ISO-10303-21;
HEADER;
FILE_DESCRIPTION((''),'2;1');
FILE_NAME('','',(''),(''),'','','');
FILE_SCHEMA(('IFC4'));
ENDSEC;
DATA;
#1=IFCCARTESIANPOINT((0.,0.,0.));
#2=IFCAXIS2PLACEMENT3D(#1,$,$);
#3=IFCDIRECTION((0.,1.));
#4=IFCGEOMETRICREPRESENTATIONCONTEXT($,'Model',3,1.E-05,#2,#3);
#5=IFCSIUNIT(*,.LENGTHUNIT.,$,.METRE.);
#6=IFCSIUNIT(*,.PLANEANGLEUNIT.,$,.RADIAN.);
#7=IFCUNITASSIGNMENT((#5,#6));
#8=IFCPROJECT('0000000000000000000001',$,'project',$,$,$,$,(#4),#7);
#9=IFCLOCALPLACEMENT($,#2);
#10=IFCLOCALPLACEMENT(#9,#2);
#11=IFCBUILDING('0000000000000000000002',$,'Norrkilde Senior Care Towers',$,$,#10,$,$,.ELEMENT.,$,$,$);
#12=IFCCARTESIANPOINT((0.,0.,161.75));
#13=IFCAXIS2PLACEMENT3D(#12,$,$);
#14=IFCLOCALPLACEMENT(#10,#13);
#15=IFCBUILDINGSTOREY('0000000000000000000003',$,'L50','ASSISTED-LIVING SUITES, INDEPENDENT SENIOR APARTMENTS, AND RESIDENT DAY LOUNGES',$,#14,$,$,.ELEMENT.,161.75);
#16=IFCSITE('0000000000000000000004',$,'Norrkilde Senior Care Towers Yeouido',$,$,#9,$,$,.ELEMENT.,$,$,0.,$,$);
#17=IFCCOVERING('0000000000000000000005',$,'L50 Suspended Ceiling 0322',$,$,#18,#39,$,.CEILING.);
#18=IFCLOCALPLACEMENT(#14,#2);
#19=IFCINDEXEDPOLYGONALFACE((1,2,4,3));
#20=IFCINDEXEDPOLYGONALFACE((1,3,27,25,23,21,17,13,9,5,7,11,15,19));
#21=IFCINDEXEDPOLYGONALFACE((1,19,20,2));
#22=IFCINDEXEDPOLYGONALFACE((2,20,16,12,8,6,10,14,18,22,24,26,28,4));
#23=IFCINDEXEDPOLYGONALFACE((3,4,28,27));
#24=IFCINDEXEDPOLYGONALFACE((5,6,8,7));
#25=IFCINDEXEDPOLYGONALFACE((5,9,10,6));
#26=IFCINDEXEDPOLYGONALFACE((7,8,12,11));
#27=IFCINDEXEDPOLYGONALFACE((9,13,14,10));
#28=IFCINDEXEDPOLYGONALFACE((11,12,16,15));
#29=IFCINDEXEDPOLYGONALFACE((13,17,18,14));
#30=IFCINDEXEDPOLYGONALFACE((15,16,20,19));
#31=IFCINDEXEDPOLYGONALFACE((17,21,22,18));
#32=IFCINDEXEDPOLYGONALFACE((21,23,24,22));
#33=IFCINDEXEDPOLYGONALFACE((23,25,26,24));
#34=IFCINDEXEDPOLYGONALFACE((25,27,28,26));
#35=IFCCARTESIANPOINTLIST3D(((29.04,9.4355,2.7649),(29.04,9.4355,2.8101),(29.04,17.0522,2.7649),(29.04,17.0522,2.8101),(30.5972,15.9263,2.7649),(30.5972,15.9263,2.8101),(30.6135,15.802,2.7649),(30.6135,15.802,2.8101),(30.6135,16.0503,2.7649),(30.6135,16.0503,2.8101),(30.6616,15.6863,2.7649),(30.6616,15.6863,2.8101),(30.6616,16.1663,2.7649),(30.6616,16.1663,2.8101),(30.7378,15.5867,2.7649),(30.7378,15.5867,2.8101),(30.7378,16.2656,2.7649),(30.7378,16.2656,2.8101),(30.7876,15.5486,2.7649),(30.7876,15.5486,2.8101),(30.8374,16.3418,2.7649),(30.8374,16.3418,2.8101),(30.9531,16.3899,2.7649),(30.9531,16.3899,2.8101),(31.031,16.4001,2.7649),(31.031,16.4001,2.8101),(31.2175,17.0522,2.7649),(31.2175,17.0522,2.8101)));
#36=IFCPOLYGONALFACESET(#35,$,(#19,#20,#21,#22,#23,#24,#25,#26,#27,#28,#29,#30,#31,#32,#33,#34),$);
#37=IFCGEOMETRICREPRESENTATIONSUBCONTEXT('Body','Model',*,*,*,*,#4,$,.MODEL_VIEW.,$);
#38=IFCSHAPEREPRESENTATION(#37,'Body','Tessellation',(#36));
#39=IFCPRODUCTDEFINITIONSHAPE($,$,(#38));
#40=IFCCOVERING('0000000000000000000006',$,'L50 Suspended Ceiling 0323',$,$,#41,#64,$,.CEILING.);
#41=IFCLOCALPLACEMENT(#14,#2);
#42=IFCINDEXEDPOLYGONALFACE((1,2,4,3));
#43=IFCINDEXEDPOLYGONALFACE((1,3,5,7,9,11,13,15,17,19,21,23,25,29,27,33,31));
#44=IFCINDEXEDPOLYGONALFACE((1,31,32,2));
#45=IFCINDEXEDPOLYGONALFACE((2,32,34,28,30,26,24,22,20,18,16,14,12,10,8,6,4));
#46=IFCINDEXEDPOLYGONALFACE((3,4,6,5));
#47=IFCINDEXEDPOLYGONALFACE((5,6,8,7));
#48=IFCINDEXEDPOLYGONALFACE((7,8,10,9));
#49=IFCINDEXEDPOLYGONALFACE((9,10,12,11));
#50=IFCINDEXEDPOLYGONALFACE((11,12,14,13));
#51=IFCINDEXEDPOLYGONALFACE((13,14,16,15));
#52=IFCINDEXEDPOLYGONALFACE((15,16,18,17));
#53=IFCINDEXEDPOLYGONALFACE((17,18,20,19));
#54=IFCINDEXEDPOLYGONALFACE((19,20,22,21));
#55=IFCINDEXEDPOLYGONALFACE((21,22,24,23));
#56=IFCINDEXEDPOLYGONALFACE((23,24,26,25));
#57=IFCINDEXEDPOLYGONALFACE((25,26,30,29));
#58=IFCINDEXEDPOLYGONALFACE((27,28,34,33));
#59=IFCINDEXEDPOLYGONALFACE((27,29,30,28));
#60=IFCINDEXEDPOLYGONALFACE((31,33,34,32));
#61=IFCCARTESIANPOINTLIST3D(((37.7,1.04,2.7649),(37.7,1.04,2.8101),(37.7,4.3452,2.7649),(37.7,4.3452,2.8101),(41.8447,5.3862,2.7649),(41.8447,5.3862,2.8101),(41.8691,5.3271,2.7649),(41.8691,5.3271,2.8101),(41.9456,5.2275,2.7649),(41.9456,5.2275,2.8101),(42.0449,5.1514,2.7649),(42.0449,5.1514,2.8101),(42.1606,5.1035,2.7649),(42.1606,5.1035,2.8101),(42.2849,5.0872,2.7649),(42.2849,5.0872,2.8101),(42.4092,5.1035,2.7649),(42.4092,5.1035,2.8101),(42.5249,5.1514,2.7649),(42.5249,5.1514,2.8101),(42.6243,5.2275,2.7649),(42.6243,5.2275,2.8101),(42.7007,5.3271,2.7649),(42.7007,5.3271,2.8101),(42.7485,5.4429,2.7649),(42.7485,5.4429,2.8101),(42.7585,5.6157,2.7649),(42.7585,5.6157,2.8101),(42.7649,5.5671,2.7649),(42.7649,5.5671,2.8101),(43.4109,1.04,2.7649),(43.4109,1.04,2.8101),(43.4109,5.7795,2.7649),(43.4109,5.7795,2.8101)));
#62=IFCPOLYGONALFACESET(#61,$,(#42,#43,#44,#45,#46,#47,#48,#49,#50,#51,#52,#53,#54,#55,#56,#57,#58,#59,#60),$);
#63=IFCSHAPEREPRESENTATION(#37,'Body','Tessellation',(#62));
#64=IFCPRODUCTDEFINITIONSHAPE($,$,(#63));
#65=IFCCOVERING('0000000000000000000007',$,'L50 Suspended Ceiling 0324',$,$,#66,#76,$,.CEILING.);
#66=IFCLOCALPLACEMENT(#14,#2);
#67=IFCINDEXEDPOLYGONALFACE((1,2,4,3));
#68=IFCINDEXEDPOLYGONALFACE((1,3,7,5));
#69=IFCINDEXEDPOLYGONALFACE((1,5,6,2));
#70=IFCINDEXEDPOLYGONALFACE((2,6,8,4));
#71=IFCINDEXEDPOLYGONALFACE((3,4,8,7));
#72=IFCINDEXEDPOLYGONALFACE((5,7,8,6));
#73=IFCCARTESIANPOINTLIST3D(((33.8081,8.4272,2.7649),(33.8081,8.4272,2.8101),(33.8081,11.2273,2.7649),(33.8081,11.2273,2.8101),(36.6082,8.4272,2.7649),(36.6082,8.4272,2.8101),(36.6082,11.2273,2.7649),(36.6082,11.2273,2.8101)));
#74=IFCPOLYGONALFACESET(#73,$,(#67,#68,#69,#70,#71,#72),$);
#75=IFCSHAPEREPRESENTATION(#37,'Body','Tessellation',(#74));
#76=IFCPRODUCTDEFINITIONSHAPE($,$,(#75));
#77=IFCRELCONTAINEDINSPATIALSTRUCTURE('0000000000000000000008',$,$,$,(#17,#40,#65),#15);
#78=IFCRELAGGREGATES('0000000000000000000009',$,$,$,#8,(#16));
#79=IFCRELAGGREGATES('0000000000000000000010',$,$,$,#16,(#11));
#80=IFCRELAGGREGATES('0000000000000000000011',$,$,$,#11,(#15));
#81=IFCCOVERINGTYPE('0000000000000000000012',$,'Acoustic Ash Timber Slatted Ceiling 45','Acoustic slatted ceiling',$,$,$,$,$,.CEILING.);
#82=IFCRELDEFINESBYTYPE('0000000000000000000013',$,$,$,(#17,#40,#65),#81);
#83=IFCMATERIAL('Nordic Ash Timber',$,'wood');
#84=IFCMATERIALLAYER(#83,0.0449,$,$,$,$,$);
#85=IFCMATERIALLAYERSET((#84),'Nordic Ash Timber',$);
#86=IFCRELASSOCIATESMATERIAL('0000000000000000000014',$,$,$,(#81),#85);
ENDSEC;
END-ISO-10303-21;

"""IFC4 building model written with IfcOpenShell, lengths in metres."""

from ifc_helpers import new_model, si_unit, direction, frame, origin, place, context, subcontext, project, spatial, polyline, outline, extrude, material, layer, layer_set, type_object, element, save


model = new_model("IFC4")

# Units and contexts
model_context = context("Model", 3, precision=1e-05, world=origin(), true_north=direction((0.0, 1.0)))
body_context = subcontext(model_context, "Body", "Model", "MODEL_VIEW")
ifc_project = project(units=[si_unit("LENGTHUNIT", "METRE"), si_unit("PLANEANGLEUNIT", "RADIAN")], contexts=[model_context])

# Site, building, storey
site_placement = place(None, origin())
site = spatial("IfcSite", under=ifc_project, at=site_placement, Name="Norrkilde Senior Care Towers Yeouido", CompositionType="ELEMENT", RefElevation=0.0)
building_placement = place(site_placement, origin())
building = spatial("IfcBuilding", under=site, at=building_placement, Name="Norrkilde Senior Care Towers", CompositionType="ELEMENT")
storey_placement = place(building_placement, frame((0.0, 0.0, 161.75)))
storey = spatial("IfcBuildingStorey", under=building, at=storey_placement, Name="L50", Description="ASSISTED-LIVING SUITES, INDEPENDENT SENIOR APARTMENTS, AND RESIDENT DAY LOUNGES", CompositionType="ELEMENT", Elevation=161.75)

# Coverings
ifc_material_1 = material(Name="Nordic Ash Timber", Category="wood")
ifc_layer_1 = layer(ifc_material_1, 0.0449)
ifc_layer_set_1 = layer_set([ifc_layer_1], Name="Nordic Ash Timber")
covering_type_1 = type_object("IfcCoveringType", Name="Acoustic Ash Timber Slatted Ceiling 45", Description="Acoustic slatted ceiling", PredefinedType="CEILING", material=ifc_layer_set_1)
covering_1_placement = place(storey_placement, frame((0.0, 0.0, 2.7649)))
element("IfcCovering", 1, at=covering_1_placement, inside=storey, type_object=covering_type_1, Name="L50 Suspended Ceiling 0322", PredefinedType="CEILING", context=body_context, shape_type="SweptSolid", body=[
    extrude(outline(polyline([(31.2175, 17.0522), (31.031, 16.4001), (30.9531, 16.3899), (30.8374, 16.3418), (30.7378, 16.2656), (30.6616, 16.1663), (30.6135, 16.0503), (30.5972, 15.9263), (30.6135, 15.802), (30.6616, 15.6863), (30.7378, 15.5867), (30.7876, 15.5486), (29.04, 9.4355), (29.04, 17.0522), (31.2175, 17.0522)])), origin(), (0.0, 0.0, 1.0), 0.0452),
])
covering_2_placement = place(storey_placement, frame((0.0, 0.0, 2.7649)))
element("IfcCovering", 2, at=covering_2_placement, inside=storey, type_object=covering_type_1, Name="L50 Suspended Ceiling 0323", PredefinedType="CEILING", context=body_context, shape_type="SweptSolid", body=[
    extrude(outline(polyline([(43.4109, 1.04), (37.7, 1.04), (37.7, 4.3452), (41.8447, 5.3862), (41.8691, 5.3271), (41.9456, 5.2275), (42.0449, 5.1514), (42.1606, 5.1035), (42.2849, 5.0872), (42.4092, 5.1035), (42.5249, 5.1514), (42.6243, 5.2275), (42.7007, 5.3271), (42.7485, 5.4429), (42.7649, 5.5671), (42.7585, 5.6157), (43.4109, 5.7795), (43.4109, 1.04)])), origin(), (0.0, 0.0, 1.0), 0.0452),
])
covering_3_placement = place(storey_placement, frame((0.0, 0.0, 2.7649)))
element("IfcCovering", 3, at=covering_3_placement, inside=storey, type_object=covering_type_1, Name="L50 Suspended Ceiling 0324", PredefinedType="CEILING", context=body_context, shape_type="SweptSolid", body=[
    extrude(outline(polyline([(33.8081, 8.4272), (33.8081, 11.2273), (36.6082, 11.2273), (36.6082, 8.4272), (33.8081, 8.4272)])), origin(), (0.0, 0.0, 1.0), 0.0452),
])

save(model, "model.ifc")
